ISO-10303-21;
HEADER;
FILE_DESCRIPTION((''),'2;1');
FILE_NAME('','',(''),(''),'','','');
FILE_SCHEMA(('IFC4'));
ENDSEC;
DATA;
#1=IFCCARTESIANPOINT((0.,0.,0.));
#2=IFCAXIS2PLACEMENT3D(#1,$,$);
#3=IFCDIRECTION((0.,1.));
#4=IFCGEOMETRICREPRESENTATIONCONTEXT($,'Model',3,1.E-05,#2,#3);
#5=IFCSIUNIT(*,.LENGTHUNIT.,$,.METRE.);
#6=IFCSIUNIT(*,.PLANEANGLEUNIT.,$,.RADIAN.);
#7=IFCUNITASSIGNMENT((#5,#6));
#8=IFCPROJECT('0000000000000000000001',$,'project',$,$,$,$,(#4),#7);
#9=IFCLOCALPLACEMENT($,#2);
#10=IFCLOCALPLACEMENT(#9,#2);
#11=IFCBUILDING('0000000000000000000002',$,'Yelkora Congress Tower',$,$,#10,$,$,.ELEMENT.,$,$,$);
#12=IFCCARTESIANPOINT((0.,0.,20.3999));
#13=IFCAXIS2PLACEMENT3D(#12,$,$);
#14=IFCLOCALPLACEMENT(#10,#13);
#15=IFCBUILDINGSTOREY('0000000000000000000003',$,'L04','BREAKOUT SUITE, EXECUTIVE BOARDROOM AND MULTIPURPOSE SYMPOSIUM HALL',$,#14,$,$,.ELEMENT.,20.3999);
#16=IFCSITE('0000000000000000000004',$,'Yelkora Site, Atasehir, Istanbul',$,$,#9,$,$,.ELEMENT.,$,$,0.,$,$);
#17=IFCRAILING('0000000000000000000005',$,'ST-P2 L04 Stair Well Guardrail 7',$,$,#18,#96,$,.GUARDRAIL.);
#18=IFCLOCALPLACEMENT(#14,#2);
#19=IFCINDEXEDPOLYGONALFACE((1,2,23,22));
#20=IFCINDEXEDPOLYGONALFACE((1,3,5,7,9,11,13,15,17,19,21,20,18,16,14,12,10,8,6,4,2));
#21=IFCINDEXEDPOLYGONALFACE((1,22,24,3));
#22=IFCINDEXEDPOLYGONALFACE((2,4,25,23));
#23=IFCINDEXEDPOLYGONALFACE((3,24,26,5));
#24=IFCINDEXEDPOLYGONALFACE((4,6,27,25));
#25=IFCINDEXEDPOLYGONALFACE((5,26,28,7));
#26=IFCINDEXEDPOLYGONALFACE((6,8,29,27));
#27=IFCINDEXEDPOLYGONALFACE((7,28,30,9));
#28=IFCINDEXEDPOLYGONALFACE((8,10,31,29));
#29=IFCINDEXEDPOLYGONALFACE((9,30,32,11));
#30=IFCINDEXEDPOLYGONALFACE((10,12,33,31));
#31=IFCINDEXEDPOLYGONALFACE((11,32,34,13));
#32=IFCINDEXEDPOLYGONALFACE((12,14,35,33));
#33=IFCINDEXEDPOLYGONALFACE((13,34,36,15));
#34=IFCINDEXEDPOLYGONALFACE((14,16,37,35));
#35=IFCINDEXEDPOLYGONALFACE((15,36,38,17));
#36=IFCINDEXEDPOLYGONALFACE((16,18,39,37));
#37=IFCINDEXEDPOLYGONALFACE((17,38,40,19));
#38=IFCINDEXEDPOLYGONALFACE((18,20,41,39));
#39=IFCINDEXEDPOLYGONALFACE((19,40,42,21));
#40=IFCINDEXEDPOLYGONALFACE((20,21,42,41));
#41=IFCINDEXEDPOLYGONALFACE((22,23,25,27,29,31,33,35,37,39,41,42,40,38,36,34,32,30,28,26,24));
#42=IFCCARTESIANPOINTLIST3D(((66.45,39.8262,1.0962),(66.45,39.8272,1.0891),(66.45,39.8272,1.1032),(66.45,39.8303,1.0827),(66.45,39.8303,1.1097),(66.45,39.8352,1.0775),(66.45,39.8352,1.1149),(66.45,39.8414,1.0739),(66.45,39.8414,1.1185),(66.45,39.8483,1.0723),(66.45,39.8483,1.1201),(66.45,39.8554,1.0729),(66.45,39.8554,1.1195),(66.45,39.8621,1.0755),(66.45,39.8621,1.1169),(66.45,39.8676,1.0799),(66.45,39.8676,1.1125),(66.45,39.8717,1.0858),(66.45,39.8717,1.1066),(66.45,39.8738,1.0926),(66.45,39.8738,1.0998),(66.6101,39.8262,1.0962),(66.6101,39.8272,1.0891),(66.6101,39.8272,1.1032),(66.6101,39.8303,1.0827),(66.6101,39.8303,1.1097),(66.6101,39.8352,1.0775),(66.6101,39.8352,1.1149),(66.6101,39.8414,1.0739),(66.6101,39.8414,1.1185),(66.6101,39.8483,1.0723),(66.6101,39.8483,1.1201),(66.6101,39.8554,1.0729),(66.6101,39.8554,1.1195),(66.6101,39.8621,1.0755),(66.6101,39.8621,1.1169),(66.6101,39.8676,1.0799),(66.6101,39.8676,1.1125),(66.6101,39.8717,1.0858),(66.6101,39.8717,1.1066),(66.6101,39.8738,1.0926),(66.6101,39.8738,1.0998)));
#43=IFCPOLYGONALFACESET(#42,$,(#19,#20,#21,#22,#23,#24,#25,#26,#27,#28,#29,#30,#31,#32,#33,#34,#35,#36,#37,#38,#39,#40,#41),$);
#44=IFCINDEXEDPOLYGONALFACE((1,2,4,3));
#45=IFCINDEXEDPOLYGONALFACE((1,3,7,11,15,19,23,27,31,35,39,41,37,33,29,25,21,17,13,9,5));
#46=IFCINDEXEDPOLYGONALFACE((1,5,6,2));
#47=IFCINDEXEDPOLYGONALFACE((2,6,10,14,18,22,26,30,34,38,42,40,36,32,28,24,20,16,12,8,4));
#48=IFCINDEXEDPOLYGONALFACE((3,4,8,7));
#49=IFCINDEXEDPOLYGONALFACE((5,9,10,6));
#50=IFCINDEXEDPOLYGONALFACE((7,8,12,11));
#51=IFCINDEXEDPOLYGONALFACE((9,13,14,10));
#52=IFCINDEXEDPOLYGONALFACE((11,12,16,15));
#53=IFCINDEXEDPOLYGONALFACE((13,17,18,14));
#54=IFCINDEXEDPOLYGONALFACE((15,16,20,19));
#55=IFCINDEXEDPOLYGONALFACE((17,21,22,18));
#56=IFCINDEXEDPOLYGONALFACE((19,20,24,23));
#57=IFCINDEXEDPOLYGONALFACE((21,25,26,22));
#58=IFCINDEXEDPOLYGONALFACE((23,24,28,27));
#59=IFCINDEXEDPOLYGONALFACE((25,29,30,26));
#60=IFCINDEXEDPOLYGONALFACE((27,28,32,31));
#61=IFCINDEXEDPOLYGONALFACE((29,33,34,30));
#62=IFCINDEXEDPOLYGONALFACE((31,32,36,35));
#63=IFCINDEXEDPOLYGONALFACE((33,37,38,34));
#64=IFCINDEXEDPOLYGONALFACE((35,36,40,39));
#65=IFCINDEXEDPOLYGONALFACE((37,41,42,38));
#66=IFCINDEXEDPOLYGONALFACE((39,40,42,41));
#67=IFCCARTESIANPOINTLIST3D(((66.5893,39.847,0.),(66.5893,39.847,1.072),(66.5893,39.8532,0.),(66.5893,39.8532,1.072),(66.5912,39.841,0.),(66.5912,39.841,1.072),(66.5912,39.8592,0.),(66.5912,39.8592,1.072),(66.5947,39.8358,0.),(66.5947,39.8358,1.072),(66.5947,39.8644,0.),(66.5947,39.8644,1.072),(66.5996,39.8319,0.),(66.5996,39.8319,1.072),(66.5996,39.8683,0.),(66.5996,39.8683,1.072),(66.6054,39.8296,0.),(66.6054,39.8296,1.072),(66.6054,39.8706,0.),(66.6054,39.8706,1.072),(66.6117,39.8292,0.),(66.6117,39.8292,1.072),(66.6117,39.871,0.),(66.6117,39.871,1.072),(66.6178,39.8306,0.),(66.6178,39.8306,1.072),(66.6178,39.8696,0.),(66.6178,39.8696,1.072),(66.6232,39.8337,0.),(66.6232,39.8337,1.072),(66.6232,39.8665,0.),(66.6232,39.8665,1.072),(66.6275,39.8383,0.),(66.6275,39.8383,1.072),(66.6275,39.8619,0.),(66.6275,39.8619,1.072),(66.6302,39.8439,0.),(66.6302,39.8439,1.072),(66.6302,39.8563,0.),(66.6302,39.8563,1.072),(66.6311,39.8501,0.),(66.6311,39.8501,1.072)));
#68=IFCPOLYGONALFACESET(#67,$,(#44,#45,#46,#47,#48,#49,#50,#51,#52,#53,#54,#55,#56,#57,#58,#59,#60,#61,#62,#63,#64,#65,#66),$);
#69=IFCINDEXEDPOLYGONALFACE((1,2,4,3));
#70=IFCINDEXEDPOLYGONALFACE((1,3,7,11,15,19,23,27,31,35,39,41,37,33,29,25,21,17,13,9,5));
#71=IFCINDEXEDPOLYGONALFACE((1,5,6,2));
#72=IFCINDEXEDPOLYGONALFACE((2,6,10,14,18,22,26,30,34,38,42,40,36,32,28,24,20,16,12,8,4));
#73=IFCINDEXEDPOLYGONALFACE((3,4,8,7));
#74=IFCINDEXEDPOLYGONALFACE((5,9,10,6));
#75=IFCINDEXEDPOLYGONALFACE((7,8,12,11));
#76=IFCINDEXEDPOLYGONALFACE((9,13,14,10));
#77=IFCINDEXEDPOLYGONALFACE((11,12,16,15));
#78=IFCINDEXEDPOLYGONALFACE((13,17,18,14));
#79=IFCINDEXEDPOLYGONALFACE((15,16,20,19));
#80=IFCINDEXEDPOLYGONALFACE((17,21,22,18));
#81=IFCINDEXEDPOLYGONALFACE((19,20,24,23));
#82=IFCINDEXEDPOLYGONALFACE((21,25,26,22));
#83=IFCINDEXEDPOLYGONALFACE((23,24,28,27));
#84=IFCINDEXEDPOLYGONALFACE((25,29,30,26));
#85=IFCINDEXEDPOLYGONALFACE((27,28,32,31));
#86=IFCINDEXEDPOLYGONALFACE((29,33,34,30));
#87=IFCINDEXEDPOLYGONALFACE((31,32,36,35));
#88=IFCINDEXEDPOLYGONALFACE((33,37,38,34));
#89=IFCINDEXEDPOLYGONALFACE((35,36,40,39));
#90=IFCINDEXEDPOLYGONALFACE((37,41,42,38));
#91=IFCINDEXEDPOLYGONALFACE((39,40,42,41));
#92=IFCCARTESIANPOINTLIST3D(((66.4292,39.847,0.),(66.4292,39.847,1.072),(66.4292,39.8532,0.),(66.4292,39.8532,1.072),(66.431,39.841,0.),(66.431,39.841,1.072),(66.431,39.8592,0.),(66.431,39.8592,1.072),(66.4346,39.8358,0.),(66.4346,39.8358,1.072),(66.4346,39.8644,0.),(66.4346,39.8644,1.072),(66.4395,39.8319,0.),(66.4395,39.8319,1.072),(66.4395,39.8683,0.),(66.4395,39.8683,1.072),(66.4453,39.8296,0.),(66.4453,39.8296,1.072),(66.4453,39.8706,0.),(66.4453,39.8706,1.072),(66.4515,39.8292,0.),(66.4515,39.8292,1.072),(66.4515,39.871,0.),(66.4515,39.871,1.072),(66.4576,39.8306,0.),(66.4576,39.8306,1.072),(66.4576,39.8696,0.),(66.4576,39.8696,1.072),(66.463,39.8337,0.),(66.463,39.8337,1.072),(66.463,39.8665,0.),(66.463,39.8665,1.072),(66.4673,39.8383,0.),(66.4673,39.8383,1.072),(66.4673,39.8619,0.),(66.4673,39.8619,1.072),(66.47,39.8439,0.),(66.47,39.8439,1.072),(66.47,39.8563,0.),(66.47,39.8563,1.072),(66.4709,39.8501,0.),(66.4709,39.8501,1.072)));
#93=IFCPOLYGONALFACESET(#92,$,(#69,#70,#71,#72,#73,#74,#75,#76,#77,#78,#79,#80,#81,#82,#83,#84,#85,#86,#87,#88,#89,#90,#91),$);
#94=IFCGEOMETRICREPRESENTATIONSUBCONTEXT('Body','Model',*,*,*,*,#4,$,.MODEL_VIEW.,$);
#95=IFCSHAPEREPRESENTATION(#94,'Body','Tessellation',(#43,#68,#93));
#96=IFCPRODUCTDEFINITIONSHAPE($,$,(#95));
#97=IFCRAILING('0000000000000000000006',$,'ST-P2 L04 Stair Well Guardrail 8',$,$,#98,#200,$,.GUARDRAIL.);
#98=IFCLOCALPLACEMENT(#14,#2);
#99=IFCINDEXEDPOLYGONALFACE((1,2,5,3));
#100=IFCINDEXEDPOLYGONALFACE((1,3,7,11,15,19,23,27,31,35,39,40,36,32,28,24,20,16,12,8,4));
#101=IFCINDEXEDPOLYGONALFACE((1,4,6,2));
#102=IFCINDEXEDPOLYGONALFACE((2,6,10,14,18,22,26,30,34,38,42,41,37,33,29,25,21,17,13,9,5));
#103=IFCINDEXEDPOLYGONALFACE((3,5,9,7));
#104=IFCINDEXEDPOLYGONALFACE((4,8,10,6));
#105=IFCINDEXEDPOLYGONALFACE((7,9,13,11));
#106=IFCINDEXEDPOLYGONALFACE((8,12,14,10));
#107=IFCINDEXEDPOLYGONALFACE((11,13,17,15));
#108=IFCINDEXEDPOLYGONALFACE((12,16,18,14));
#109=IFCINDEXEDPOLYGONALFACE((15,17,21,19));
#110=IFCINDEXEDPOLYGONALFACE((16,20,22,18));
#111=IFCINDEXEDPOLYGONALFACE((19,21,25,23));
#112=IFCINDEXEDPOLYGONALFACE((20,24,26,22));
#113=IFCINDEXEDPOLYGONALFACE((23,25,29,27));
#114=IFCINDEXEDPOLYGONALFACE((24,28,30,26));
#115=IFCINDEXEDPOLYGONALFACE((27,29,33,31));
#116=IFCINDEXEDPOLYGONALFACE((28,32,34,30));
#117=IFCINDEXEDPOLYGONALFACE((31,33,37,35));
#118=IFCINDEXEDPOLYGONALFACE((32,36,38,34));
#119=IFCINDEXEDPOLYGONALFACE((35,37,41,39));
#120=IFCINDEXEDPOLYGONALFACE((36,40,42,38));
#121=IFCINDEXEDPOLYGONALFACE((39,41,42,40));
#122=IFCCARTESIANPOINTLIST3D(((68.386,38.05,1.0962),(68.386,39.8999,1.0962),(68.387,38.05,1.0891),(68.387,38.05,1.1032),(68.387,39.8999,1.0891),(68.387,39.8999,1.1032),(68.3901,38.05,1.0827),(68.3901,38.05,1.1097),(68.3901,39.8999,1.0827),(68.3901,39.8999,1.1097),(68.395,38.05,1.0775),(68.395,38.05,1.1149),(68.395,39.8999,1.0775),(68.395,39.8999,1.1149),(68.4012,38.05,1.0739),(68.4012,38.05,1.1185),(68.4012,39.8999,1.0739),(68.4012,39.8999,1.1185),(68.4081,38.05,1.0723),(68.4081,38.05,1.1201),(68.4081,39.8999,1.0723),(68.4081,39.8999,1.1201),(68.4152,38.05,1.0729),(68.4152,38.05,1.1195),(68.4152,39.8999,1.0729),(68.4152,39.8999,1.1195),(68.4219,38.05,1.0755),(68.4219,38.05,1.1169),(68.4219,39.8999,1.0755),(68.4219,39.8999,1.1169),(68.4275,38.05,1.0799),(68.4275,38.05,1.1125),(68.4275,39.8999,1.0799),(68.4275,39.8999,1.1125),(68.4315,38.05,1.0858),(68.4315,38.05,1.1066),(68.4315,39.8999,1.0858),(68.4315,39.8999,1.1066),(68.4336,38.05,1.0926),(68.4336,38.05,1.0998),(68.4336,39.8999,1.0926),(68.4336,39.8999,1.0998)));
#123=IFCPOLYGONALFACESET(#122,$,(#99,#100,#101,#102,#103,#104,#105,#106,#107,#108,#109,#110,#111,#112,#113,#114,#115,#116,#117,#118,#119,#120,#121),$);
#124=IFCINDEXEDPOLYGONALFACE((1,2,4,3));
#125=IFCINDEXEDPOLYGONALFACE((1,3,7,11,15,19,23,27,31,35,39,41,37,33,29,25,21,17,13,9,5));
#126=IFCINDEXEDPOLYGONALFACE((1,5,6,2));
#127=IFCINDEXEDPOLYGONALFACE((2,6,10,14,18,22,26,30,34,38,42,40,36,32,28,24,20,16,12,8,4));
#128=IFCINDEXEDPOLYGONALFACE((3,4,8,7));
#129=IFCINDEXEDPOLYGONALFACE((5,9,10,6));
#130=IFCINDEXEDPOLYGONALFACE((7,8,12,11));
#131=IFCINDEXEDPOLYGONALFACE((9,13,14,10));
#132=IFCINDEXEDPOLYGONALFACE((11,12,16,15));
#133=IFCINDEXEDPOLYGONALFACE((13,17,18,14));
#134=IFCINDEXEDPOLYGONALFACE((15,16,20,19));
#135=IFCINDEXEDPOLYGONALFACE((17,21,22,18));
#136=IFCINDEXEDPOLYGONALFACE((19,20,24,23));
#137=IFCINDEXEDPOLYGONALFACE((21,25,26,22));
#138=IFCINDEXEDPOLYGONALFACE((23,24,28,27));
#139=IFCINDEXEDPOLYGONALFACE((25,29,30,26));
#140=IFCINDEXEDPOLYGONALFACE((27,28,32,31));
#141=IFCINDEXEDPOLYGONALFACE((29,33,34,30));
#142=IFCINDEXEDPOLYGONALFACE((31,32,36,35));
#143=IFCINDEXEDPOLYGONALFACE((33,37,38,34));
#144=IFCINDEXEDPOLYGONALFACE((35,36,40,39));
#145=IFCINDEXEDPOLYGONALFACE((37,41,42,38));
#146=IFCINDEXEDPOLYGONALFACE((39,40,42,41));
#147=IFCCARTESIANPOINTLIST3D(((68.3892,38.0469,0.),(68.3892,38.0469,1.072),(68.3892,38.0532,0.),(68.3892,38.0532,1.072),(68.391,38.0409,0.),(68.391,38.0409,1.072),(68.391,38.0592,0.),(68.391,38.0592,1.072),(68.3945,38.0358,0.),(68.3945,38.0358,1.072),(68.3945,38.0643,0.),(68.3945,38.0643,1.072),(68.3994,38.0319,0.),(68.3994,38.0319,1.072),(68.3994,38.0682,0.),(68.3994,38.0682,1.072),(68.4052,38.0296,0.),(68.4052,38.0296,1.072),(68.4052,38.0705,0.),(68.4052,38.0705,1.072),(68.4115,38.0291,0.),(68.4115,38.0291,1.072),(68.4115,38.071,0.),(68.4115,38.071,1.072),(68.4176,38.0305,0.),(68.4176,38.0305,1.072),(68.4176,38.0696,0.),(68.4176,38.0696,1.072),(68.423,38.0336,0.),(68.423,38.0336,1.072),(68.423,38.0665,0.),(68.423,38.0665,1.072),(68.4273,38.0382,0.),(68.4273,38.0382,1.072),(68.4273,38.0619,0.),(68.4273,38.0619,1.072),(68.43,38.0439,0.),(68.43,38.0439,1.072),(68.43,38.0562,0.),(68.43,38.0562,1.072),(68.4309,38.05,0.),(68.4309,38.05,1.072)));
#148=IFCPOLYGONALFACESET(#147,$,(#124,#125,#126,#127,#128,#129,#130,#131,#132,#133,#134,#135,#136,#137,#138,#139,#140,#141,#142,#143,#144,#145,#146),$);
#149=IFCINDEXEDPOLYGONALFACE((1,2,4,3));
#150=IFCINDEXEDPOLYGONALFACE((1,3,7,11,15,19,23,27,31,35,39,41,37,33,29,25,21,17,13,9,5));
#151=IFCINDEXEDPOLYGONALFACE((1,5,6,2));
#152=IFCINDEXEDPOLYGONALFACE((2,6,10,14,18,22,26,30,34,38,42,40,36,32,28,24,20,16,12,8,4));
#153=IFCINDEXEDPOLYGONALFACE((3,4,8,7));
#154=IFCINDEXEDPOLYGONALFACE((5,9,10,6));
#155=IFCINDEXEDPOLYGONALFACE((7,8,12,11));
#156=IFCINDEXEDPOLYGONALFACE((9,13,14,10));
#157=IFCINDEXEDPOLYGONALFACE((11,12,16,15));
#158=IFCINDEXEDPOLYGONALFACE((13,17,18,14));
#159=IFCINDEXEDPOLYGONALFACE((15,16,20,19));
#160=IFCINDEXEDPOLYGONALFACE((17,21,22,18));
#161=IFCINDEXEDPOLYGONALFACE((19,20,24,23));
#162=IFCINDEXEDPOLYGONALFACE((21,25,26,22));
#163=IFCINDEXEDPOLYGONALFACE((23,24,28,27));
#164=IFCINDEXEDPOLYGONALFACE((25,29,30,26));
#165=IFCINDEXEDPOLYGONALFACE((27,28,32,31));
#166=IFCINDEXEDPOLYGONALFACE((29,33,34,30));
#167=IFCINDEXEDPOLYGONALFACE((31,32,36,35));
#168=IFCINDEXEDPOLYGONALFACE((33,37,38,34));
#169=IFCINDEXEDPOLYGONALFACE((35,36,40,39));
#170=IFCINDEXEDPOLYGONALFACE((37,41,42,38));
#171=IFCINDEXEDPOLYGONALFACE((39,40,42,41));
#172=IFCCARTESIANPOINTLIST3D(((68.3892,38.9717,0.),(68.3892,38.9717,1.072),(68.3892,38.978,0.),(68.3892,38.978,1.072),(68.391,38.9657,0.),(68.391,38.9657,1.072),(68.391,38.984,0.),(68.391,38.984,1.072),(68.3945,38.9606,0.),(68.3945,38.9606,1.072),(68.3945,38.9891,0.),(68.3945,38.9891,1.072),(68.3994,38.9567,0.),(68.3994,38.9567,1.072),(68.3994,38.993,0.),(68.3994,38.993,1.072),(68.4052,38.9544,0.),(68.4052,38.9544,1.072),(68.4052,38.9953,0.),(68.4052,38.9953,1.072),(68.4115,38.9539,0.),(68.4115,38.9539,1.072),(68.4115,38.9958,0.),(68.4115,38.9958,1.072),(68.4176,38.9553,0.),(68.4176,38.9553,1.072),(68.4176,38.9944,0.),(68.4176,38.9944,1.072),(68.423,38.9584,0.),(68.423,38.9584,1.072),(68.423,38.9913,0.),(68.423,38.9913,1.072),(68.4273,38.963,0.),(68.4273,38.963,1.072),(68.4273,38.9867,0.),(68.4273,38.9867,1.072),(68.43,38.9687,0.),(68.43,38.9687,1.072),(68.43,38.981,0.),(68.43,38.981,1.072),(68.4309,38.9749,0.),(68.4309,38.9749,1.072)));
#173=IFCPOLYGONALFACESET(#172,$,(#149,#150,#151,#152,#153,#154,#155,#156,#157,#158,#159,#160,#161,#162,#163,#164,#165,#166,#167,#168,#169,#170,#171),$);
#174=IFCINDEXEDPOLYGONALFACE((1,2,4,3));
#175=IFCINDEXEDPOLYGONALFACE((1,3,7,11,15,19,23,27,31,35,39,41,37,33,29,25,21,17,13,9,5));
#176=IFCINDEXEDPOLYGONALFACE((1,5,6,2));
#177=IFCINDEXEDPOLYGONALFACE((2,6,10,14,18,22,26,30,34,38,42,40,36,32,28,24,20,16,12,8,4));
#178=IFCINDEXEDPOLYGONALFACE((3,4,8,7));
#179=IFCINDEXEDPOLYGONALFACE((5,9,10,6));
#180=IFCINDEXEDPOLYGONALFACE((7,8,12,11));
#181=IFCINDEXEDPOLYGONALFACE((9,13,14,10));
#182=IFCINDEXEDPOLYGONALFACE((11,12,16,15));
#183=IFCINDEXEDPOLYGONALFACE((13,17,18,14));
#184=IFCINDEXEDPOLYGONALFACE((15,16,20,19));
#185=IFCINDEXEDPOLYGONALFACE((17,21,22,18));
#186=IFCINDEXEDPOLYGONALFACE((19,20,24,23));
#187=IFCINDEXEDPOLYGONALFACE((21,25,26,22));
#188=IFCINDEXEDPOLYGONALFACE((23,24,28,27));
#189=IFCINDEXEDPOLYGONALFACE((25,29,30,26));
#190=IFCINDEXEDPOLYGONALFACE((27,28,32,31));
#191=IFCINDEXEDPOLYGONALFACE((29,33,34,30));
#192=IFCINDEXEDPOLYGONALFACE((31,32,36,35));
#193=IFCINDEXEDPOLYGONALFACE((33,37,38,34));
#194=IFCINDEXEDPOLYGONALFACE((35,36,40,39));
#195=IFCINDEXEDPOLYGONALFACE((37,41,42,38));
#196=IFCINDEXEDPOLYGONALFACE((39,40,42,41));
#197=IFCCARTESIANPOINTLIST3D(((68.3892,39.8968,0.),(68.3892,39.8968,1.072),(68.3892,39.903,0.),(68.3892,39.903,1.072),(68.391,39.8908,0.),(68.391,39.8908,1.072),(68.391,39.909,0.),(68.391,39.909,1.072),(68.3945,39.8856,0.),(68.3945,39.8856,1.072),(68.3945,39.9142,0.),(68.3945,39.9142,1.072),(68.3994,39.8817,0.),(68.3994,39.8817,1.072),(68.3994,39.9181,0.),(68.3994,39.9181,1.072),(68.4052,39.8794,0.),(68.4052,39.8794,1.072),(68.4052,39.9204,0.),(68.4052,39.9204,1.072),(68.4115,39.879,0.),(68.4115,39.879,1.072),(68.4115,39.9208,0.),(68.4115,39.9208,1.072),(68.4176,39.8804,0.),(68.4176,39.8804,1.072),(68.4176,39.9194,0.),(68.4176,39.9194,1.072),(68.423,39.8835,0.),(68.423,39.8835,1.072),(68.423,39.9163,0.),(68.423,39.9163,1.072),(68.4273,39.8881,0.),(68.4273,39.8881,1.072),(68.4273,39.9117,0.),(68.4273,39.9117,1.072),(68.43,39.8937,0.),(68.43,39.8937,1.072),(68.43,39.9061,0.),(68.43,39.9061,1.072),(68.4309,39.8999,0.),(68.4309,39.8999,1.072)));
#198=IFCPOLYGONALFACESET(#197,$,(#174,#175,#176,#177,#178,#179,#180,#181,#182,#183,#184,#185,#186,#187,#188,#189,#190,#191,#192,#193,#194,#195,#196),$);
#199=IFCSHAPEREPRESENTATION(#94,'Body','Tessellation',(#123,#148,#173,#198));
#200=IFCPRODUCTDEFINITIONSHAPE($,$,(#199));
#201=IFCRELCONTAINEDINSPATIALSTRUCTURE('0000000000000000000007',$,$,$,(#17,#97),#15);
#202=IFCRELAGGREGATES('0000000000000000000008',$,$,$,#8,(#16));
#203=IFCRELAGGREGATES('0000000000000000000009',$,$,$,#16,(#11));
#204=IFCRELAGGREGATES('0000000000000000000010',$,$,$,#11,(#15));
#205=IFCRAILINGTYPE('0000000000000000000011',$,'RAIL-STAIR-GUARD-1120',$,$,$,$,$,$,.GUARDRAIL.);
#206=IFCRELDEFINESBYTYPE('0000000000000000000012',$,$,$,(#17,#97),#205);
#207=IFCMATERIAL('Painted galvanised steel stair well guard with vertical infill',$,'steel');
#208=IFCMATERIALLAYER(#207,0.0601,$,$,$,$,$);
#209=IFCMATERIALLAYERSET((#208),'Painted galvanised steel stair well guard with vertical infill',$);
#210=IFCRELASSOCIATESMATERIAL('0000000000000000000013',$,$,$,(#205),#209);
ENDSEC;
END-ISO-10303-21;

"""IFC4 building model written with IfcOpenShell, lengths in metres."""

from ifc_helpers import new_model, si_unit, direction, frame, origin, origin_2d, place, context, subcontext, project, spatial, circle, extrude, material, layer, layer_set, type_object, element, save


model = new_model("IFC4")

# Units and contexts
model_context = context("Model", 3, precision=1e-05, world=origin(), true_north=direction((0.0, 1.0)))
body_context = subcontext(model_context, "Body", "Model", "MODEL_VIEW")
ifc_project = project(units=[si_unit("LENGTHUNIT", "METRE"), si_unit("PLANEANGLEUNIT", "RADIAN")], contexts=[model_context])

# Site, building, storey
site_placement = place(None, origin())
site = spatial("IfcSite", under=ifc_project, at=site_placement, Name="Yelkora Site, Atasehir, Istanbul", CompositionType="ELEMENT", RefElevation=0.0)
building_placement = place(site_placement, origin())
building = spatial("IfcBuilding", under=site, at=building_placement, Name="Yelkora Congress Tower", CompositionType="ELEMENT")
storey_placement = place(building_placement, frame((0.0, 0.0, 20.3999)))
storey = spatial("IfcBuildingStorey", under=building, at=storey_placement, Name="L04", Description="BREAKOUT SUITE, EXECUTIVE BOARDROOM AND MULTIPURPOSE SYMPOSIUM HALL", CompositionType="ELEMENT", Elevation=20.3999)

# Railings
ifc_material_1 = material(Name="Painted galvanised steel stair well guard with vertical infill", Category="steel")
ifc_layer_1 = layer(ifc_material_1, 0.0601)
ifc_layer_set_1 = layer_set([ifc_layer_1], Name="Painted galvanised steel stair well guard with vertical infill")
railing_type_1 = type_object("IfcRailingType", Name="RAIL-STAIR-GUARD-1120", PredefinedType="GUARDRAIL", material=ifc_layer_set_1)
railing_1_placement = place(storey_placement, frame((66.6101, 39.8501, 0.0)))
element("IfcRailing", 1, at=railing_1_placement, inside=storey, type_object=railing_type_1, Name="ST-P2 L04 Stair Well Guardrail 7", PredefinedType="GUARDRAIL", context=body_context, shape_type="SweptSolid", body=[
    extrude(circle(Radius=0.0239, at=origin_2d()), frame((0.0, 0.0, 1.0962), z_axis=(-1.0, 0.0, 0.0), x_axis=(0.0, -1.0, 0.0)), (0.0, 0.0, 1.0), 0.1602),
    extrude(circle(Radius=0.021, at=origin_2d()), origin(), (0.0, 0.0, 1.0), 1.072),
    extrude(circle(Radius=0.021, at=origin_2d()), frame((-0.1602, 0.0, 0.0)), (0.0, 0.0, 1.0), 1.072),
])
railing_2_placement = place(storey_placement, frame((68.4099, 38.05, 0.0)))
element("IfcRailing", 2, at=railing_2_placement, inside=storey, type_object=railing_type_1, Name="ST-P2 L04 Stair Well Guardrail 8", PredefinedType="GUARDRAIL", context=body_context, shape_type="SweptSolid", body=[
    extrude(circle(Radius=0.0239, at=origin_2d()), frame((0.0, 0.0, 1.0962), z_axis=(0.0, 1.0, 0.0), x_axis=(-1.0, 0.0, 0.0)), (0.0, 0.0, 1.0), 1.8499),
    extrude(circle(Radius=0.021, at=origin_2d()), origin(), (0.0, 0.0, 1.0), 1.072),
    extrude(circle(Radius=0.021, at=origin_2d()), frame((0.0, 0.9248, 0.0)), (0.0, 0.0, 1.0), 1.072),
    extrude(circle(Radius=0.021, at=origin_2d()), frame((0.0, 1.8499, 0.0)), (0.0, 0.0, 1.0), 1.072),
])

save(model, "model.ifc")
